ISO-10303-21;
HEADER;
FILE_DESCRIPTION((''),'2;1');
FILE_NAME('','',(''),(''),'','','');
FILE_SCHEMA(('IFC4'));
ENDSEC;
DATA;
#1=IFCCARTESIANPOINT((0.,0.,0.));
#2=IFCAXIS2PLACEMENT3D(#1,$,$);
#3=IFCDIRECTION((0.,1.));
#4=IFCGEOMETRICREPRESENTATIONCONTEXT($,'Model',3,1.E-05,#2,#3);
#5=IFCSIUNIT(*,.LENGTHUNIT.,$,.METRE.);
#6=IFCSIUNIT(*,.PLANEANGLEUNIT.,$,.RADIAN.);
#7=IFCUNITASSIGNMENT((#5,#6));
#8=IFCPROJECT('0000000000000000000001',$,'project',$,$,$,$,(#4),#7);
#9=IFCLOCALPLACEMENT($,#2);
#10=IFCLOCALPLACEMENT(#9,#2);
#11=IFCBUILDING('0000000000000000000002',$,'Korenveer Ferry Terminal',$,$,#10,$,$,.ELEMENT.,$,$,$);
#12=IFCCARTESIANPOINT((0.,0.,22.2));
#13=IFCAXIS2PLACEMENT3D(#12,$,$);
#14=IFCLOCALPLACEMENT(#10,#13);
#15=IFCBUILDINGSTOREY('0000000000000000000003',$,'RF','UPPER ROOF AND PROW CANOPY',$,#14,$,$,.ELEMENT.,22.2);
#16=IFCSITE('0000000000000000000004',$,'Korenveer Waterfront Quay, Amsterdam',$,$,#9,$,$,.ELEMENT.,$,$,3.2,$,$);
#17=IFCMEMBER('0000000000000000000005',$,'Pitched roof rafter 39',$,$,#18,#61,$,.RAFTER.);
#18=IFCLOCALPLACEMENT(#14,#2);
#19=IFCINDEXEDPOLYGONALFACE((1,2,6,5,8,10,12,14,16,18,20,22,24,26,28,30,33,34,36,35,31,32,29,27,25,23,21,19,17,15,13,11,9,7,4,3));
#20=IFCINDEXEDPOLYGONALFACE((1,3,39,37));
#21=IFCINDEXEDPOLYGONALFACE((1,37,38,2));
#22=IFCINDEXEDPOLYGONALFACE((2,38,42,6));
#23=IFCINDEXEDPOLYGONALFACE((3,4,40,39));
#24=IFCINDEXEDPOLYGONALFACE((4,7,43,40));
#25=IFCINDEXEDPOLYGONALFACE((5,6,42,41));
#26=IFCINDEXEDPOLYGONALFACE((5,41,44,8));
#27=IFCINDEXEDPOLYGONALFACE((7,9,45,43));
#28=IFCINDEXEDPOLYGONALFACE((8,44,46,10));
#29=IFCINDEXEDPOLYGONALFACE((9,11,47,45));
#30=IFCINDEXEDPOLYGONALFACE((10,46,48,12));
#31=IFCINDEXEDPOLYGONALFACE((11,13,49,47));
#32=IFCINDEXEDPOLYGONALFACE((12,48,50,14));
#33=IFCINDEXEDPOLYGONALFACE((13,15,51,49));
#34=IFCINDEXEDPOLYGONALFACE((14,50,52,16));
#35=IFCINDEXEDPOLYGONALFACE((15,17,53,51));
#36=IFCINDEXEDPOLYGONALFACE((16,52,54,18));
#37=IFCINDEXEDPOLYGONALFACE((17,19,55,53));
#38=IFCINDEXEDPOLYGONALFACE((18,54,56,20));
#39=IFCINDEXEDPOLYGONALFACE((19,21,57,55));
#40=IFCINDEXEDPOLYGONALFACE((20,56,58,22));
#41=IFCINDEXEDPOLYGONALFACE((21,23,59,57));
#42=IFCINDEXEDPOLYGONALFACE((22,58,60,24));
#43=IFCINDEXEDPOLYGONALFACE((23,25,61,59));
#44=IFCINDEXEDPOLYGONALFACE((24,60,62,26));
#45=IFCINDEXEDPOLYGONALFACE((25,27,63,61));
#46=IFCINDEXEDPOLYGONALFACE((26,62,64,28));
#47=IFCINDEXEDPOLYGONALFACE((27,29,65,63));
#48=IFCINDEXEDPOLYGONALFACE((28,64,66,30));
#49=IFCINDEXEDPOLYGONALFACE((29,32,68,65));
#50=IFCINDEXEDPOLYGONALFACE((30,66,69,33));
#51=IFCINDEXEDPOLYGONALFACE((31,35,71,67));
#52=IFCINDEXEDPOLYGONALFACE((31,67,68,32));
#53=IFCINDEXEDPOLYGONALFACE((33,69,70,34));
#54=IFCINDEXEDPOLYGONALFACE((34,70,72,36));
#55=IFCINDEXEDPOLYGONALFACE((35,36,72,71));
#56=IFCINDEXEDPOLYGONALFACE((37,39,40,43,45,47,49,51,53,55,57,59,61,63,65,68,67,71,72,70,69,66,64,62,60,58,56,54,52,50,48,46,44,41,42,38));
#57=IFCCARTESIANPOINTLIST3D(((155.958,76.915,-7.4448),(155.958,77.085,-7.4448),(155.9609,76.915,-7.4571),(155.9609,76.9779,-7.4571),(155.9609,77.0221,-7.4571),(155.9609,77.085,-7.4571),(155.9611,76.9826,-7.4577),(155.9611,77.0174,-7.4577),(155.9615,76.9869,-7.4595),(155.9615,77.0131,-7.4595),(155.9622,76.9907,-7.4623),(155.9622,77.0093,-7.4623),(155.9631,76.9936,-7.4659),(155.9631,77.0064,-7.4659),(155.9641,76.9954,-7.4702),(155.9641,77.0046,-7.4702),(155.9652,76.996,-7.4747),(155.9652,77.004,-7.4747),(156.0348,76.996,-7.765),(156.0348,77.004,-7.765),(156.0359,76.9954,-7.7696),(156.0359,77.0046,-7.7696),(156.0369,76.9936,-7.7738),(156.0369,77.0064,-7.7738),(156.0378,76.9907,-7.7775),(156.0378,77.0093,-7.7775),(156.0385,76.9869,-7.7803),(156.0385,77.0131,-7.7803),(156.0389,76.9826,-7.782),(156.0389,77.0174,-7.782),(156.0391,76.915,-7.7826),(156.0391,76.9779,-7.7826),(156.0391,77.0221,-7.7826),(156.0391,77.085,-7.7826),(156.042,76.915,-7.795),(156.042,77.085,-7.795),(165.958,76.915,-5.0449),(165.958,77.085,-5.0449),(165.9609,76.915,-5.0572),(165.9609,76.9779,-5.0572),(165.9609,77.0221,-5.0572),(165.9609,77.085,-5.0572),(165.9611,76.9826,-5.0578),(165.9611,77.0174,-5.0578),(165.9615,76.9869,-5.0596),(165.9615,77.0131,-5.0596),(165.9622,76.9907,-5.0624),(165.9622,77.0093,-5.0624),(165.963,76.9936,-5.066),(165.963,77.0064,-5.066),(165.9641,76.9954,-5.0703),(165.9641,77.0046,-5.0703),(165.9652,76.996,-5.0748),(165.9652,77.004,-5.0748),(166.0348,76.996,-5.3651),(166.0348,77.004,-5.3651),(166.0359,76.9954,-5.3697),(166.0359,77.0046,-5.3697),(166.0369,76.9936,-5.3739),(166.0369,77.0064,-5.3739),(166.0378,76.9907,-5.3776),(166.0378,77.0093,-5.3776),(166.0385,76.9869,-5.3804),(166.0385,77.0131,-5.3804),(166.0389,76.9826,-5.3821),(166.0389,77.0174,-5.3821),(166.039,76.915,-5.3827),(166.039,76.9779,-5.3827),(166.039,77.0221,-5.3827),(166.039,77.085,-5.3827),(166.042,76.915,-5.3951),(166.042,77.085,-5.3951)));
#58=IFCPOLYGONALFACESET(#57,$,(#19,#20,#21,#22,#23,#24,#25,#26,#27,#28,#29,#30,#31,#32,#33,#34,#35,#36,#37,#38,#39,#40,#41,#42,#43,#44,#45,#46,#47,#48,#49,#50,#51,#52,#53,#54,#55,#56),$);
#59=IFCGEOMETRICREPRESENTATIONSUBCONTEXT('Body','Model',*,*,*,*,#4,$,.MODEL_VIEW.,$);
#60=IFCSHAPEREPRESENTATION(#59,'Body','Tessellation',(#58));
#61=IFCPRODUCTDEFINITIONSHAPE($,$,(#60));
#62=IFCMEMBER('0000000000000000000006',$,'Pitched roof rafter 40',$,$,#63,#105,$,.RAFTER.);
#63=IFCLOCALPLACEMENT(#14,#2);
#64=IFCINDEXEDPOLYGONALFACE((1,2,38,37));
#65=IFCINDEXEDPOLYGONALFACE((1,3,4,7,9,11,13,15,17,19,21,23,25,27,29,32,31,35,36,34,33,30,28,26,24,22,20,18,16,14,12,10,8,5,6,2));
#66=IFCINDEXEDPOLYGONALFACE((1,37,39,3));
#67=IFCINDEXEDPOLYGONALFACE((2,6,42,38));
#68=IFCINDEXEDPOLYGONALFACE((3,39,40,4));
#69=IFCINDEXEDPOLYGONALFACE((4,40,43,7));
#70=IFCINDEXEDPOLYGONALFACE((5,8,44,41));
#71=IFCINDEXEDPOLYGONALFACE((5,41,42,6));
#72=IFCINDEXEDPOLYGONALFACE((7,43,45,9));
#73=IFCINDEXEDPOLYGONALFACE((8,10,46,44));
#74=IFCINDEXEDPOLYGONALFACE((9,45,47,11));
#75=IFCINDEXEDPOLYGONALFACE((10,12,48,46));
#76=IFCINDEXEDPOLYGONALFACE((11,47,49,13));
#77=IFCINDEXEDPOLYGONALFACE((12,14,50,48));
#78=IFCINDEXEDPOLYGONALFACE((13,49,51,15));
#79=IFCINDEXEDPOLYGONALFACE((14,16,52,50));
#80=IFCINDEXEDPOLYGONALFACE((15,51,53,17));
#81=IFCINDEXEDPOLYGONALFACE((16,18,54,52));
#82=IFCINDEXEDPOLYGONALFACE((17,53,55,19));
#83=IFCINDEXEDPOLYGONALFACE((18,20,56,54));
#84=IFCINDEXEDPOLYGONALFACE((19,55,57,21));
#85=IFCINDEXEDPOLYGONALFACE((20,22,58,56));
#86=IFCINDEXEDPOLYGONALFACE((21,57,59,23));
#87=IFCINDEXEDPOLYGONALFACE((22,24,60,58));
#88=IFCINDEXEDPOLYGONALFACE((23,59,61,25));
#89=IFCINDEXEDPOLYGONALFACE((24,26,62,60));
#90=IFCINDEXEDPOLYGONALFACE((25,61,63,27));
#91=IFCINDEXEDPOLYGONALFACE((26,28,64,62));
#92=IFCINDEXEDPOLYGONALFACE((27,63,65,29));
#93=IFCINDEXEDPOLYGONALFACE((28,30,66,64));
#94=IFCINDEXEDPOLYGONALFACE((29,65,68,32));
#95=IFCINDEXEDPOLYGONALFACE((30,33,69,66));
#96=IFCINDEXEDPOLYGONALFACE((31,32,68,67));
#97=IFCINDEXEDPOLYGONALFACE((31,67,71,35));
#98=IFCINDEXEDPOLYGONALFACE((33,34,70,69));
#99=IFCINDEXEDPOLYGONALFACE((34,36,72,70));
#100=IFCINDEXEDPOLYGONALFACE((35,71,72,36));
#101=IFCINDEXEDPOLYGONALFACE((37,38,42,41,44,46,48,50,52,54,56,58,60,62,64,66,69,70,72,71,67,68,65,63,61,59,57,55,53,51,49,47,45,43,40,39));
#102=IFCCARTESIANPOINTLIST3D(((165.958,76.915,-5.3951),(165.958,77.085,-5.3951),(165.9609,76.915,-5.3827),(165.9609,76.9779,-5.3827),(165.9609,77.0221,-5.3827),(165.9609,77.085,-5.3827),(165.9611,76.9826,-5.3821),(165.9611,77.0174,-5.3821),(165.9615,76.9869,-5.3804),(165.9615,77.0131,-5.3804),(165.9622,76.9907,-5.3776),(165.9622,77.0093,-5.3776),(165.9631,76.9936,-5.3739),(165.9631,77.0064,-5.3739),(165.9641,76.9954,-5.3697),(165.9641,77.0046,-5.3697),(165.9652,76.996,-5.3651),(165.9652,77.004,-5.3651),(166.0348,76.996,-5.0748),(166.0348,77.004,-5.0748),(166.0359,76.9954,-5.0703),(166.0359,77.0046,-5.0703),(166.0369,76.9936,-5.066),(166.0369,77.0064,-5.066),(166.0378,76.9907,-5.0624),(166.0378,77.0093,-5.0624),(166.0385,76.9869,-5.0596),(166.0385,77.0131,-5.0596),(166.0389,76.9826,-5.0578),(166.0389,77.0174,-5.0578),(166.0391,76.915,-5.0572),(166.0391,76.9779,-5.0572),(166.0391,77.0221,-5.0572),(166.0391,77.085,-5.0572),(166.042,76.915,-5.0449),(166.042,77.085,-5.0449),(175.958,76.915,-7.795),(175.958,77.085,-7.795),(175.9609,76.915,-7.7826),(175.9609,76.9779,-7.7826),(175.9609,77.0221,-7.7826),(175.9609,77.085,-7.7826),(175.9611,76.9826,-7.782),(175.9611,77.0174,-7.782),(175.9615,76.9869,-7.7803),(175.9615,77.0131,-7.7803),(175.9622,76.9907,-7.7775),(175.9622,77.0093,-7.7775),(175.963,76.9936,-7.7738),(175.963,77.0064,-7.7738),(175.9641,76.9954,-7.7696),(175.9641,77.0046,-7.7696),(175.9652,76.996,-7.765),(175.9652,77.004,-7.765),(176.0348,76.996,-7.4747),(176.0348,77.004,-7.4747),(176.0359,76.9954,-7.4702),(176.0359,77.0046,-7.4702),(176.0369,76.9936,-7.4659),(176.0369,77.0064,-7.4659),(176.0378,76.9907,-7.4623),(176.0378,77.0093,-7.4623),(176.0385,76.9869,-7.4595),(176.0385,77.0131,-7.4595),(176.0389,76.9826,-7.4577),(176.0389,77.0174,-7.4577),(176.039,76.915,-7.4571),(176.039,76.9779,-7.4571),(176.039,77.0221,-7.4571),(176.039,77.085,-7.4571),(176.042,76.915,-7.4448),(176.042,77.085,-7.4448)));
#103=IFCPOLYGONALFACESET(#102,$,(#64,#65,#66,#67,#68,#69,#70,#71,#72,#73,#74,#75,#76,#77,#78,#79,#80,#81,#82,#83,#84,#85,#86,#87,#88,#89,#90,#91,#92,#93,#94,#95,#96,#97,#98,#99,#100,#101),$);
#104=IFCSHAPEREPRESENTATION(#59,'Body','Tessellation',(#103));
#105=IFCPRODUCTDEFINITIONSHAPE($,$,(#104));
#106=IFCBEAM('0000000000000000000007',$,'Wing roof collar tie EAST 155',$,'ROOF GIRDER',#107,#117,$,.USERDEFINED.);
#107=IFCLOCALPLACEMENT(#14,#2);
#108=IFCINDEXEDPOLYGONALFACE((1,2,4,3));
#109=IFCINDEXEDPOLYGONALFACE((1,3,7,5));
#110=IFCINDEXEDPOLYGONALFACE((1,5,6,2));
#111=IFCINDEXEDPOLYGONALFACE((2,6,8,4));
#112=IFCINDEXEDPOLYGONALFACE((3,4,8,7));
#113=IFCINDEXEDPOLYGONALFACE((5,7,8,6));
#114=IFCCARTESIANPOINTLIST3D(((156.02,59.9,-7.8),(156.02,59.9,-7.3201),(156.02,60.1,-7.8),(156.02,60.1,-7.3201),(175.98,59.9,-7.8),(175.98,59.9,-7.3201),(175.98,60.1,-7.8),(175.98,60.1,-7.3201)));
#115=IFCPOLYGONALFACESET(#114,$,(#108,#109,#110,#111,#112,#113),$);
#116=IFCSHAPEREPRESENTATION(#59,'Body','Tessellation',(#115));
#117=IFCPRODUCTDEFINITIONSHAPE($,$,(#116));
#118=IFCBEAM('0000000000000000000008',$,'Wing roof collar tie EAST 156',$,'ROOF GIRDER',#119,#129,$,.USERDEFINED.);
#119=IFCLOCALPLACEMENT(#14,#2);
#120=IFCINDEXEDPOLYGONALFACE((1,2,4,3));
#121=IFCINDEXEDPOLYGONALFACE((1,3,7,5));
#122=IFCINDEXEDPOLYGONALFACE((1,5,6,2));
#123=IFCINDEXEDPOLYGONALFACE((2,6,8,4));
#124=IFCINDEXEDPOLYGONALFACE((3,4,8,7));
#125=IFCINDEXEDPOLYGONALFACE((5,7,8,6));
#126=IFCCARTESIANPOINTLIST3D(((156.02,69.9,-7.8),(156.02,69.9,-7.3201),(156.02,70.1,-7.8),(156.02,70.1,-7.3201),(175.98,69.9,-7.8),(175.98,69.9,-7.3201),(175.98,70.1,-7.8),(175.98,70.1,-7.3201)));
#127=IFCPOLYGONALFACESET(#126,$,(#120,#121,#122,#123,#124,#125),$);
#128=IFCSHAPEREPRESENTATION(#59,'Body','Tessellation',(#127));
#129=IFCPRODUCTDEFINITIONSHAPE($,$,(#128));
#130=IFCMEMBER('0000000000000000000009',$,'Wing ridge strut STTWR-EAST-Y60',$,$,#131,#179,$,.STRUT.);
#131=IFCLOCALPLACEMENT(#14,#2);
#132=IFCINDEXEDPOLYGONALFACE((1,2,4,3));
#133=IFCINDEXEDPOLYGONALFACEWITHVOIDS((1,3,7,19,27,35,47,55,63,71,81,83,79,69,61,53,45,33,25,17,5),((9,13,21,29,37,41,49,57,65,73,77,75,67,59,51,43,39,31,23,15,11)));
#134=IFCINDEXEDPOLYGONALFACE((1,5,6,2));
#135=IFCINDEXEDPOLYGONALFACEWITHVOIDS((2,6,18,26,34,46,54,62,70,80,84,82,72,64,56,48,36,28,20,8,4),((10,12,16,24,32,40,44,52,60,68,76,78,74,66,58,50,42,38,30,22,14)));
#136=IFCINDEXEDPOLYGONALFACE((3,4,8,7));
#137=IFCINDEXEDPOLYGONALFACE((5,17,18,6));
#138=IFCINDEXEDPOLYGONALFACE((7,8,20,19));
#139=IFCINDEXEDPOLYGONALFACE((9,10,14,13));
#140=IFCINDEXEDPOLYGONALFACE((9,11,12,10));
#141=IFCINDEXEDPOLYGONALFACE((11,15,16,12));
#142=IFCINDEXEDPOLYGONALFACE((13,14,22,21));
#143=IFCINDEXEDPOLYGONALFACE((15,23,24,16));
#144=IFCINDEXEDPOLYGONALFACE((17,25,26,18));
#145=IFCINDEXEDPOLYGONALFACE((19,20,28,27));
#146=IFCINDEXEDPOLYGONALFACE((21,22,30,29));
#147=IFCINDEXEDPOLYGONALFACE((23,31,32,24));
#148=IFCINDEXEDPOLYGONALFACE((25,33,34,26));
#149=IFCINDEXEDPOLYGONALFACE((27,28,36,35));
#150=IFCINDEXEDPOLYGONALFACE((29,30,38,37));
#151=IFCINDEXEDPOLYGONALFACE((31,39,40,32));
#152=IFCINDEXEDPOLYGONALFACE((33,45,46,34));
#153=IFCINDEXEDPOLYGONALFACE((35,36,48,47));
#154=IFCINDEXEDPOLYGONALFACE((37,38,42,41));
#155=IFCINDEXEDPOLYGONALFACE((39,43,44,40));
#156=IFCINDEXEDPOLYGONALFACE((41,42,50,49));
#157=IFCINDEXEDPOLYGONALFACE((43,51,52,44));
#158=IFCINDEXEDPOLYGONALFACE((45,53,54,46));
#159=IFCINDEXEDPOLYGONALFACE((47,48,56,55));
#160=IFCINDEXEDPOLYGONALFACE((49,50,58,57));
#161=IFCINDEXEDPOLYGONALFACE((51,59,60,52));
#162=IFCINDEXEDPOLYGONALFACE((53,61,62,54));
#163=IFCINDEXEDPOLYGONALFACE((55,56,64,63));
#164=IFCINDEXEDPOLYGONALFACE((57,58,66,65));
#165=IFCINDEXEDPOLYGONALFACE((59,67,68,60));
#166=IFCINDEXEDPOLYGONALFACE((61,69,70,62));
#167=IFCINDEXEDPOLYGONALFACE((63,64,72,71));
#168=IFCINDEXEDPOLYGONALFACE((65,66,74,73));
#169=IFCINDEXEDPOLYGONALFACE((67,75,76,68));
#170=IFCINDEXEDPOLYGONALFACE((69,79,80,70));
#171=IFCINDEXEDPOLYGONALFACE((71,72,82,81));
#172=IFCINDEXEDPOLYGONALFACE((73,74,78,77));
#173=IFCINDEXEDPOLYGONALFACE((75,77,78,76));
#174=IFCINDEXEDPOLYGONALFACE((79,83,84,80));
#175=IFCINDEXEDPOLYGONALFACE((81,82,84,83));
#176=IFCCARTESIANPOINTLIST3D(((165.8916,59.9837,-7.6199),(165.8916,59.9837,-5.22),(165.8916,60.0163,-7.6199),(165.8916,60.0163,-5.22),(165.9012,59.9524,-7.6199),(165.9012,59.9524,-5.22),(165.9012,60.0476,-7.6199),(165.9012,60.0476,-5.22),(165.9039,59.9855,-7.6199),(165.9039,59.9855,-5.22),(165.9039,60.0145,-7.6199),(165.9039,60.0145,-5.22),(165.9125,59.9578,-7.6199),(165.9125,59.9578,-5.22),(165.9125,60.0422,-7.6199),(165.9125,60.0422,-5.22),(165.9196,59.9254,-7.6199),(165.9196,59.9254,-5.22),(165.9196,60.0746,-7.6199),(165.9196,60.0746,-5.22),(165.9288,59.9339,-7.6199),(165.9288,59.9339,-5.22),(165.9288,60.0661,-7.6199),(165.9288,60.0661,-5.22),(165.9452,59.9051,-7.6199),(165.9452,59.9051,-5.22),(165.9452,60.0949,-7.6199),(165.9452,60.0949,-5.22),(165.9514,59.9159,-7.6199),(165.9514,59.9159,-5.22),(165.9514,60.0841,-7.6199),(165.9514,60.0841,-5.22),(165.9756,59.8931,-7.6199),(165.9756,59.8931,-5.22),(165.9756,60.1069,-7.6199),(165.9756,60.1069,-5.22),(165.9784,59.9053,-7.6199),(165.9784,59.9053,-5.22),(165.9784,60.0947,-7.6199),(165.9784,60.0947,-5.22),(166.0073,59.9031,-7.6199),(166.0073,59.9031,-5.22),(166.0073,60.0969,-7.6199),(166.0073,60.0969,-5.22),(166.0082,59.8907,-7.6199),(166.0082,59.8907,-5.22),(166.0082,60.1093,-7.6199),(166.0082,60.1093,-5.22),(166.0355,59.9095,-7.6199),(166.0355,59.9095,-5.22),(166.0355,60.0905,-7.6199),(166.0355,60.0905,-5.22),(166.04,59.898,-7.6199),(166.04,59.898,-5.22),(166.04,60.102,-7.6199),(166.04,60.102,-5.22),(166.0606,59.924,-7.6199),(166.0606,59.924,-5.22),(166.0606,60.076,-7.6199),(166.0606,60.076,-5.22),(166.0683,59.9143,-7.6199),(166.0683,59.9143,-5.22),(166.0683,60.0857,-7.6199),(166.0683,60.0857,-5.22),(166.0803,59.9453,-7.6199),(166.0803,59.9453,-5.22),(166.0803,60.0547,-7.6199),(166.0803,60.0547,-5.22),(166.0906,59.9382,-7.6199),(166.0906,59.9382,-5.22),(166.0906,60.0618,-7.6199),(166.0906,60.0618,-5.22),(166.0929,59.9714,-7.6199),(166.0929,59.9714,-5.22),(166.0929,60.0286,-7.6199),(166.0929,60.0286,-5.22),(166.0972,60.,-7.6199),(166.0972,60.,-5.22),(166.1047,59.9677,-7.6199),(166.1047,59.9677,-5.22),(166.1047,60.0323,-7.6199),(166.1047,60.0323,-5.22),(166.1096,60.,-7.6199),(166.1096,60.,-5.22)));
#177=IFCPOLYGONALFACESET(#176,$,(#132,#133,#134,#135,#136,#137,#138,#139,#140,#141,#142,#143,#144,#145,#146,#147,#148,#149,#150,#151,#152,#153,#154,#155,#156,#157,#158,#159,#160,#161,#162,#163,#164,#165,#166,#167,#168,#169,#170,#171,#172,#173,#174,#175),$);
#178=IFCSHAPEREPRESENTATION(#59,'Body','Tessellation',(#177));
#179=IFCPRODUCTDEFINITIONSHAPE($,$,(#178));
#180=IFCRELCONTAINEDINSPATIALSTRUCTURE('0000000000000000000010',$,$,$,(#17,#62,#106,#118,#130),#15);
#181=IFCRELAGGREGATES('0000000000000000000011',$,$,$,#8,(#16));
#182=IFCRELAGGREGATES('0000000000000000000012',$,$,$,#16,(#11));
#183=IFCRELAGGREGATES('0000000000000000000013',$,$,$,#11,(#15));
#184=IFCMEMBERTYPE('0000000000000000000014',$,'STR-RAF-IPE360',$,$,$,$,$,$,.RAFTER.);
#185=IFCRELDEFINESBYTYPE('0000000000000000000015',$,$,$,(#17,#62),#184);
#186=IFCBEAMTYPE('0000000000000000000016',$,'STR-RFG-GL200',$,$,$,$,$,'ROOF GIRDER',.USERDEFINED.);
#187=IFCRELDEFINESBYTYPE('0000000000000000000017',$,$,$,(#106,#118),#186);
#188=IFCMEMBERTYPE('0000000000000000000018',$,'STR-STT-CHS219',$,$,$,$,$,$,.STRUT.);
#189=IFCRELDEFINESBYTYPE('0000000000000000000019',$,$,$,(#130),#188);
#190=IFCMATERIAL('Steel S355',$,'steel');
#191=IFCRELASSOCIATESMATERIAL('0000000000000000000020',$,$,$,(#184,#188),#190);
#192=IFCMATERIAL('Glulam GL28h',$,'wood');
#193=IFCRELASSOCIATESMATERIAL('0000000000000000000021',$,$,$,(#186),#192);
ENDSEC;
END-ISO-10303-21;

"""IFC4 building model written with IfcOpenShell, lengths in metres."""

from ifc_helpers import new_model, si_unit, direction, frame, origin, origin_2d, place, context, subcontext, project, spatial, rectangle, hollow_circle, i_section, extrude, material, material_profile, profile_set, type_object, element, save


model = new_model("IFC4")

# Units and contexts
model_context = context("Model", 3, precision=1e-05, world=origin(), true_north=direction((0.0, 1.0)))
body_context = subcontext(model_context, "Body", "Model", "MODEL_VIEW")
ifc_project = project(units=[si_unit("LENGTHUNIT", "METRE"), si_unit("PLANEANGLEUNIT", "RADIAN")], contexts=[model_context])

# Site, building, storey
site_placement = place(None, origin())
site = spatial("IfcSite", under=ifc_project, at=site_placement, Name="Korenveer Waterfront Quay, Amsterdam", CompositionType="ELEMENT", RefElevation=3.2)
building_placement = place(site_placement, origin())
building = spatial("IfcBuilding", under=site, at=building_placement, Name="Korenveer Ferry Terminal", CompositionType="ELEMENT")
storey_placement = place(building_placement, frame((0.0, 0.0, 22.2)))
storey = spatial("IfcBuildingStorey", under=building, at=storey_placement, Name="RF", Description="UPPER ROOF AND PROW CANOPY", CompositionType="ELEMENT", Elevation=22.2)

# Shared definitions
ifc_material_1 = material(Name="Steel S355", Category="steel")

# Members
ifc_material_profile_1 = material_profile(ifc_material_1, i_section(OverallWidth=0.1699, OverallDepth=0.3601, WebThickness=0.0081, FlangeThickness=0.0127, FilletRadius=0.0181, at=origin_2d()), Name="IPE 360")
ifc_profile_set_1 = profile_set([ifc_material_profile_1], Name="Steel S355")
member_type_1 = type_object("IfcMemberType", Name="STR-RAF-IPE360", PredefinedType="RAFTER", material=ifc_profile_set_1)
for number, where, z_axis, x_axis, name in (
    (1, (156.0, 77.0, -7.6199), (0.972389, 0.0, 0.233364), (0.0, 1.0, 0.0), "Pitched roof rafter 39"),
    (2, (166.0, 77.0, -5.22), (0.972389, 0.0, -0.233364), (0.0, 1.0, 0.0), "Pitched roof rafter 40"),
):
    element("IfcMember", number, at=place(storey_placement, frame(where, z_axis=z_axis, x_axis=x_axis)), inside=storey, type_object=member_type_1, Name=name, PredefinedType="RAFTER", context=body_context, shape_type="SweptSolid", body=[
        extrude(i_section(OverallWidth=0.1699, OverallDepth=0.3601, WebThickness=0.0081, FlangeThickness=0.0127, FilletRadius=0.0181, at=origin_2d()), origin(), (0.0, 0.0, 1.0), 10.2839),
    ])

# Beams
ifc_material_2 = material(Name="Glulam GL28h", Category="wood")
ifc_material_profile_2 = material_profile(ifc_material_2, rectangle(XDim=0.2, YDim=0.48, at=origin_2d()), Name="GL 200x480")
ifc_profile_set_2 = profile_set([ifc_material_profile_2], Name="Glulam GL28h")
beam_type_1 = type_object("IfcBeamType", Name="STR-RFG-GL200", ElementType="ROOF GIRDER", PredefinedType="USERDEFINED", material=ifc_profile_set_2)
for number, where, z_axis, x_axis, name in (
    (3, (156.02, 60.0, -7.5601), (1.0, 0.0, 0.0), (0.0, 1.0, 0.0), "Wing roof collar tie EAST 155"),
    (4, (156.02, 70.0, -7.5601), (1.0, 0.0, 0.0), (0.0, 1.0, 0.0), "Wing roof collar tie EAST 156"),
):
    element("IfcBeam", number, at=place(storey_placement, frame(where, z_axis=z_axis, x_axis=x_axis)), inside=storey, type_object=beam_type_1, Name=name, ObjectType="ROOF GIRDER", PredefinedType="USERDEFINED", context=body_context, shape_type="SweptSolid", body=[
        extrude(rectangle(XDim=0.2, YDim=0.48, at=origin_2d()), origin(), (0.0, 0.0, 1.0), 19.96),
    ])

# Member
ifc_material_profile_3 = material_profile(ifc_material_1, hollow_circle(Radius=0.1096, WallThickness=0.0125, at=origin_2d()), Name="CHS 219.1x12.5")
ifc_profile_set_3 = profile_set([ifc_material_profile_3], Name="Steel S355")
member_type_2 = type_object("IfcMemberType", Name="STR-STT-CHS219", PredefinedType="STRUT", material=ifc_profile_set_3)
for number, where, z_axis, x_axis, name in (
    (5, (166.0, 60.0, -7.6199), (0.0, 0.0, 1.0), (1.0, 0.0, 0.0), "Wing ridge strut STTWR-EAST-Y60"),
):
    element("IfcMember", number, at=place(storey_placement, frame(where, z_axis=z_axis, x_axis=x_axis)), inside=storey, type_object=member_type_2, Name=name, PredefinedType="STRUT", context=body_context, shape_type="SweptSolid", body=[
        extrude(hollow_circle(Radius=0.1096, WallThickness=0.0125, at=origin_2d()), origin(), (0.0, 0.0, 1.0), 2.3999),
    ])

save(model, "model.ifc")
